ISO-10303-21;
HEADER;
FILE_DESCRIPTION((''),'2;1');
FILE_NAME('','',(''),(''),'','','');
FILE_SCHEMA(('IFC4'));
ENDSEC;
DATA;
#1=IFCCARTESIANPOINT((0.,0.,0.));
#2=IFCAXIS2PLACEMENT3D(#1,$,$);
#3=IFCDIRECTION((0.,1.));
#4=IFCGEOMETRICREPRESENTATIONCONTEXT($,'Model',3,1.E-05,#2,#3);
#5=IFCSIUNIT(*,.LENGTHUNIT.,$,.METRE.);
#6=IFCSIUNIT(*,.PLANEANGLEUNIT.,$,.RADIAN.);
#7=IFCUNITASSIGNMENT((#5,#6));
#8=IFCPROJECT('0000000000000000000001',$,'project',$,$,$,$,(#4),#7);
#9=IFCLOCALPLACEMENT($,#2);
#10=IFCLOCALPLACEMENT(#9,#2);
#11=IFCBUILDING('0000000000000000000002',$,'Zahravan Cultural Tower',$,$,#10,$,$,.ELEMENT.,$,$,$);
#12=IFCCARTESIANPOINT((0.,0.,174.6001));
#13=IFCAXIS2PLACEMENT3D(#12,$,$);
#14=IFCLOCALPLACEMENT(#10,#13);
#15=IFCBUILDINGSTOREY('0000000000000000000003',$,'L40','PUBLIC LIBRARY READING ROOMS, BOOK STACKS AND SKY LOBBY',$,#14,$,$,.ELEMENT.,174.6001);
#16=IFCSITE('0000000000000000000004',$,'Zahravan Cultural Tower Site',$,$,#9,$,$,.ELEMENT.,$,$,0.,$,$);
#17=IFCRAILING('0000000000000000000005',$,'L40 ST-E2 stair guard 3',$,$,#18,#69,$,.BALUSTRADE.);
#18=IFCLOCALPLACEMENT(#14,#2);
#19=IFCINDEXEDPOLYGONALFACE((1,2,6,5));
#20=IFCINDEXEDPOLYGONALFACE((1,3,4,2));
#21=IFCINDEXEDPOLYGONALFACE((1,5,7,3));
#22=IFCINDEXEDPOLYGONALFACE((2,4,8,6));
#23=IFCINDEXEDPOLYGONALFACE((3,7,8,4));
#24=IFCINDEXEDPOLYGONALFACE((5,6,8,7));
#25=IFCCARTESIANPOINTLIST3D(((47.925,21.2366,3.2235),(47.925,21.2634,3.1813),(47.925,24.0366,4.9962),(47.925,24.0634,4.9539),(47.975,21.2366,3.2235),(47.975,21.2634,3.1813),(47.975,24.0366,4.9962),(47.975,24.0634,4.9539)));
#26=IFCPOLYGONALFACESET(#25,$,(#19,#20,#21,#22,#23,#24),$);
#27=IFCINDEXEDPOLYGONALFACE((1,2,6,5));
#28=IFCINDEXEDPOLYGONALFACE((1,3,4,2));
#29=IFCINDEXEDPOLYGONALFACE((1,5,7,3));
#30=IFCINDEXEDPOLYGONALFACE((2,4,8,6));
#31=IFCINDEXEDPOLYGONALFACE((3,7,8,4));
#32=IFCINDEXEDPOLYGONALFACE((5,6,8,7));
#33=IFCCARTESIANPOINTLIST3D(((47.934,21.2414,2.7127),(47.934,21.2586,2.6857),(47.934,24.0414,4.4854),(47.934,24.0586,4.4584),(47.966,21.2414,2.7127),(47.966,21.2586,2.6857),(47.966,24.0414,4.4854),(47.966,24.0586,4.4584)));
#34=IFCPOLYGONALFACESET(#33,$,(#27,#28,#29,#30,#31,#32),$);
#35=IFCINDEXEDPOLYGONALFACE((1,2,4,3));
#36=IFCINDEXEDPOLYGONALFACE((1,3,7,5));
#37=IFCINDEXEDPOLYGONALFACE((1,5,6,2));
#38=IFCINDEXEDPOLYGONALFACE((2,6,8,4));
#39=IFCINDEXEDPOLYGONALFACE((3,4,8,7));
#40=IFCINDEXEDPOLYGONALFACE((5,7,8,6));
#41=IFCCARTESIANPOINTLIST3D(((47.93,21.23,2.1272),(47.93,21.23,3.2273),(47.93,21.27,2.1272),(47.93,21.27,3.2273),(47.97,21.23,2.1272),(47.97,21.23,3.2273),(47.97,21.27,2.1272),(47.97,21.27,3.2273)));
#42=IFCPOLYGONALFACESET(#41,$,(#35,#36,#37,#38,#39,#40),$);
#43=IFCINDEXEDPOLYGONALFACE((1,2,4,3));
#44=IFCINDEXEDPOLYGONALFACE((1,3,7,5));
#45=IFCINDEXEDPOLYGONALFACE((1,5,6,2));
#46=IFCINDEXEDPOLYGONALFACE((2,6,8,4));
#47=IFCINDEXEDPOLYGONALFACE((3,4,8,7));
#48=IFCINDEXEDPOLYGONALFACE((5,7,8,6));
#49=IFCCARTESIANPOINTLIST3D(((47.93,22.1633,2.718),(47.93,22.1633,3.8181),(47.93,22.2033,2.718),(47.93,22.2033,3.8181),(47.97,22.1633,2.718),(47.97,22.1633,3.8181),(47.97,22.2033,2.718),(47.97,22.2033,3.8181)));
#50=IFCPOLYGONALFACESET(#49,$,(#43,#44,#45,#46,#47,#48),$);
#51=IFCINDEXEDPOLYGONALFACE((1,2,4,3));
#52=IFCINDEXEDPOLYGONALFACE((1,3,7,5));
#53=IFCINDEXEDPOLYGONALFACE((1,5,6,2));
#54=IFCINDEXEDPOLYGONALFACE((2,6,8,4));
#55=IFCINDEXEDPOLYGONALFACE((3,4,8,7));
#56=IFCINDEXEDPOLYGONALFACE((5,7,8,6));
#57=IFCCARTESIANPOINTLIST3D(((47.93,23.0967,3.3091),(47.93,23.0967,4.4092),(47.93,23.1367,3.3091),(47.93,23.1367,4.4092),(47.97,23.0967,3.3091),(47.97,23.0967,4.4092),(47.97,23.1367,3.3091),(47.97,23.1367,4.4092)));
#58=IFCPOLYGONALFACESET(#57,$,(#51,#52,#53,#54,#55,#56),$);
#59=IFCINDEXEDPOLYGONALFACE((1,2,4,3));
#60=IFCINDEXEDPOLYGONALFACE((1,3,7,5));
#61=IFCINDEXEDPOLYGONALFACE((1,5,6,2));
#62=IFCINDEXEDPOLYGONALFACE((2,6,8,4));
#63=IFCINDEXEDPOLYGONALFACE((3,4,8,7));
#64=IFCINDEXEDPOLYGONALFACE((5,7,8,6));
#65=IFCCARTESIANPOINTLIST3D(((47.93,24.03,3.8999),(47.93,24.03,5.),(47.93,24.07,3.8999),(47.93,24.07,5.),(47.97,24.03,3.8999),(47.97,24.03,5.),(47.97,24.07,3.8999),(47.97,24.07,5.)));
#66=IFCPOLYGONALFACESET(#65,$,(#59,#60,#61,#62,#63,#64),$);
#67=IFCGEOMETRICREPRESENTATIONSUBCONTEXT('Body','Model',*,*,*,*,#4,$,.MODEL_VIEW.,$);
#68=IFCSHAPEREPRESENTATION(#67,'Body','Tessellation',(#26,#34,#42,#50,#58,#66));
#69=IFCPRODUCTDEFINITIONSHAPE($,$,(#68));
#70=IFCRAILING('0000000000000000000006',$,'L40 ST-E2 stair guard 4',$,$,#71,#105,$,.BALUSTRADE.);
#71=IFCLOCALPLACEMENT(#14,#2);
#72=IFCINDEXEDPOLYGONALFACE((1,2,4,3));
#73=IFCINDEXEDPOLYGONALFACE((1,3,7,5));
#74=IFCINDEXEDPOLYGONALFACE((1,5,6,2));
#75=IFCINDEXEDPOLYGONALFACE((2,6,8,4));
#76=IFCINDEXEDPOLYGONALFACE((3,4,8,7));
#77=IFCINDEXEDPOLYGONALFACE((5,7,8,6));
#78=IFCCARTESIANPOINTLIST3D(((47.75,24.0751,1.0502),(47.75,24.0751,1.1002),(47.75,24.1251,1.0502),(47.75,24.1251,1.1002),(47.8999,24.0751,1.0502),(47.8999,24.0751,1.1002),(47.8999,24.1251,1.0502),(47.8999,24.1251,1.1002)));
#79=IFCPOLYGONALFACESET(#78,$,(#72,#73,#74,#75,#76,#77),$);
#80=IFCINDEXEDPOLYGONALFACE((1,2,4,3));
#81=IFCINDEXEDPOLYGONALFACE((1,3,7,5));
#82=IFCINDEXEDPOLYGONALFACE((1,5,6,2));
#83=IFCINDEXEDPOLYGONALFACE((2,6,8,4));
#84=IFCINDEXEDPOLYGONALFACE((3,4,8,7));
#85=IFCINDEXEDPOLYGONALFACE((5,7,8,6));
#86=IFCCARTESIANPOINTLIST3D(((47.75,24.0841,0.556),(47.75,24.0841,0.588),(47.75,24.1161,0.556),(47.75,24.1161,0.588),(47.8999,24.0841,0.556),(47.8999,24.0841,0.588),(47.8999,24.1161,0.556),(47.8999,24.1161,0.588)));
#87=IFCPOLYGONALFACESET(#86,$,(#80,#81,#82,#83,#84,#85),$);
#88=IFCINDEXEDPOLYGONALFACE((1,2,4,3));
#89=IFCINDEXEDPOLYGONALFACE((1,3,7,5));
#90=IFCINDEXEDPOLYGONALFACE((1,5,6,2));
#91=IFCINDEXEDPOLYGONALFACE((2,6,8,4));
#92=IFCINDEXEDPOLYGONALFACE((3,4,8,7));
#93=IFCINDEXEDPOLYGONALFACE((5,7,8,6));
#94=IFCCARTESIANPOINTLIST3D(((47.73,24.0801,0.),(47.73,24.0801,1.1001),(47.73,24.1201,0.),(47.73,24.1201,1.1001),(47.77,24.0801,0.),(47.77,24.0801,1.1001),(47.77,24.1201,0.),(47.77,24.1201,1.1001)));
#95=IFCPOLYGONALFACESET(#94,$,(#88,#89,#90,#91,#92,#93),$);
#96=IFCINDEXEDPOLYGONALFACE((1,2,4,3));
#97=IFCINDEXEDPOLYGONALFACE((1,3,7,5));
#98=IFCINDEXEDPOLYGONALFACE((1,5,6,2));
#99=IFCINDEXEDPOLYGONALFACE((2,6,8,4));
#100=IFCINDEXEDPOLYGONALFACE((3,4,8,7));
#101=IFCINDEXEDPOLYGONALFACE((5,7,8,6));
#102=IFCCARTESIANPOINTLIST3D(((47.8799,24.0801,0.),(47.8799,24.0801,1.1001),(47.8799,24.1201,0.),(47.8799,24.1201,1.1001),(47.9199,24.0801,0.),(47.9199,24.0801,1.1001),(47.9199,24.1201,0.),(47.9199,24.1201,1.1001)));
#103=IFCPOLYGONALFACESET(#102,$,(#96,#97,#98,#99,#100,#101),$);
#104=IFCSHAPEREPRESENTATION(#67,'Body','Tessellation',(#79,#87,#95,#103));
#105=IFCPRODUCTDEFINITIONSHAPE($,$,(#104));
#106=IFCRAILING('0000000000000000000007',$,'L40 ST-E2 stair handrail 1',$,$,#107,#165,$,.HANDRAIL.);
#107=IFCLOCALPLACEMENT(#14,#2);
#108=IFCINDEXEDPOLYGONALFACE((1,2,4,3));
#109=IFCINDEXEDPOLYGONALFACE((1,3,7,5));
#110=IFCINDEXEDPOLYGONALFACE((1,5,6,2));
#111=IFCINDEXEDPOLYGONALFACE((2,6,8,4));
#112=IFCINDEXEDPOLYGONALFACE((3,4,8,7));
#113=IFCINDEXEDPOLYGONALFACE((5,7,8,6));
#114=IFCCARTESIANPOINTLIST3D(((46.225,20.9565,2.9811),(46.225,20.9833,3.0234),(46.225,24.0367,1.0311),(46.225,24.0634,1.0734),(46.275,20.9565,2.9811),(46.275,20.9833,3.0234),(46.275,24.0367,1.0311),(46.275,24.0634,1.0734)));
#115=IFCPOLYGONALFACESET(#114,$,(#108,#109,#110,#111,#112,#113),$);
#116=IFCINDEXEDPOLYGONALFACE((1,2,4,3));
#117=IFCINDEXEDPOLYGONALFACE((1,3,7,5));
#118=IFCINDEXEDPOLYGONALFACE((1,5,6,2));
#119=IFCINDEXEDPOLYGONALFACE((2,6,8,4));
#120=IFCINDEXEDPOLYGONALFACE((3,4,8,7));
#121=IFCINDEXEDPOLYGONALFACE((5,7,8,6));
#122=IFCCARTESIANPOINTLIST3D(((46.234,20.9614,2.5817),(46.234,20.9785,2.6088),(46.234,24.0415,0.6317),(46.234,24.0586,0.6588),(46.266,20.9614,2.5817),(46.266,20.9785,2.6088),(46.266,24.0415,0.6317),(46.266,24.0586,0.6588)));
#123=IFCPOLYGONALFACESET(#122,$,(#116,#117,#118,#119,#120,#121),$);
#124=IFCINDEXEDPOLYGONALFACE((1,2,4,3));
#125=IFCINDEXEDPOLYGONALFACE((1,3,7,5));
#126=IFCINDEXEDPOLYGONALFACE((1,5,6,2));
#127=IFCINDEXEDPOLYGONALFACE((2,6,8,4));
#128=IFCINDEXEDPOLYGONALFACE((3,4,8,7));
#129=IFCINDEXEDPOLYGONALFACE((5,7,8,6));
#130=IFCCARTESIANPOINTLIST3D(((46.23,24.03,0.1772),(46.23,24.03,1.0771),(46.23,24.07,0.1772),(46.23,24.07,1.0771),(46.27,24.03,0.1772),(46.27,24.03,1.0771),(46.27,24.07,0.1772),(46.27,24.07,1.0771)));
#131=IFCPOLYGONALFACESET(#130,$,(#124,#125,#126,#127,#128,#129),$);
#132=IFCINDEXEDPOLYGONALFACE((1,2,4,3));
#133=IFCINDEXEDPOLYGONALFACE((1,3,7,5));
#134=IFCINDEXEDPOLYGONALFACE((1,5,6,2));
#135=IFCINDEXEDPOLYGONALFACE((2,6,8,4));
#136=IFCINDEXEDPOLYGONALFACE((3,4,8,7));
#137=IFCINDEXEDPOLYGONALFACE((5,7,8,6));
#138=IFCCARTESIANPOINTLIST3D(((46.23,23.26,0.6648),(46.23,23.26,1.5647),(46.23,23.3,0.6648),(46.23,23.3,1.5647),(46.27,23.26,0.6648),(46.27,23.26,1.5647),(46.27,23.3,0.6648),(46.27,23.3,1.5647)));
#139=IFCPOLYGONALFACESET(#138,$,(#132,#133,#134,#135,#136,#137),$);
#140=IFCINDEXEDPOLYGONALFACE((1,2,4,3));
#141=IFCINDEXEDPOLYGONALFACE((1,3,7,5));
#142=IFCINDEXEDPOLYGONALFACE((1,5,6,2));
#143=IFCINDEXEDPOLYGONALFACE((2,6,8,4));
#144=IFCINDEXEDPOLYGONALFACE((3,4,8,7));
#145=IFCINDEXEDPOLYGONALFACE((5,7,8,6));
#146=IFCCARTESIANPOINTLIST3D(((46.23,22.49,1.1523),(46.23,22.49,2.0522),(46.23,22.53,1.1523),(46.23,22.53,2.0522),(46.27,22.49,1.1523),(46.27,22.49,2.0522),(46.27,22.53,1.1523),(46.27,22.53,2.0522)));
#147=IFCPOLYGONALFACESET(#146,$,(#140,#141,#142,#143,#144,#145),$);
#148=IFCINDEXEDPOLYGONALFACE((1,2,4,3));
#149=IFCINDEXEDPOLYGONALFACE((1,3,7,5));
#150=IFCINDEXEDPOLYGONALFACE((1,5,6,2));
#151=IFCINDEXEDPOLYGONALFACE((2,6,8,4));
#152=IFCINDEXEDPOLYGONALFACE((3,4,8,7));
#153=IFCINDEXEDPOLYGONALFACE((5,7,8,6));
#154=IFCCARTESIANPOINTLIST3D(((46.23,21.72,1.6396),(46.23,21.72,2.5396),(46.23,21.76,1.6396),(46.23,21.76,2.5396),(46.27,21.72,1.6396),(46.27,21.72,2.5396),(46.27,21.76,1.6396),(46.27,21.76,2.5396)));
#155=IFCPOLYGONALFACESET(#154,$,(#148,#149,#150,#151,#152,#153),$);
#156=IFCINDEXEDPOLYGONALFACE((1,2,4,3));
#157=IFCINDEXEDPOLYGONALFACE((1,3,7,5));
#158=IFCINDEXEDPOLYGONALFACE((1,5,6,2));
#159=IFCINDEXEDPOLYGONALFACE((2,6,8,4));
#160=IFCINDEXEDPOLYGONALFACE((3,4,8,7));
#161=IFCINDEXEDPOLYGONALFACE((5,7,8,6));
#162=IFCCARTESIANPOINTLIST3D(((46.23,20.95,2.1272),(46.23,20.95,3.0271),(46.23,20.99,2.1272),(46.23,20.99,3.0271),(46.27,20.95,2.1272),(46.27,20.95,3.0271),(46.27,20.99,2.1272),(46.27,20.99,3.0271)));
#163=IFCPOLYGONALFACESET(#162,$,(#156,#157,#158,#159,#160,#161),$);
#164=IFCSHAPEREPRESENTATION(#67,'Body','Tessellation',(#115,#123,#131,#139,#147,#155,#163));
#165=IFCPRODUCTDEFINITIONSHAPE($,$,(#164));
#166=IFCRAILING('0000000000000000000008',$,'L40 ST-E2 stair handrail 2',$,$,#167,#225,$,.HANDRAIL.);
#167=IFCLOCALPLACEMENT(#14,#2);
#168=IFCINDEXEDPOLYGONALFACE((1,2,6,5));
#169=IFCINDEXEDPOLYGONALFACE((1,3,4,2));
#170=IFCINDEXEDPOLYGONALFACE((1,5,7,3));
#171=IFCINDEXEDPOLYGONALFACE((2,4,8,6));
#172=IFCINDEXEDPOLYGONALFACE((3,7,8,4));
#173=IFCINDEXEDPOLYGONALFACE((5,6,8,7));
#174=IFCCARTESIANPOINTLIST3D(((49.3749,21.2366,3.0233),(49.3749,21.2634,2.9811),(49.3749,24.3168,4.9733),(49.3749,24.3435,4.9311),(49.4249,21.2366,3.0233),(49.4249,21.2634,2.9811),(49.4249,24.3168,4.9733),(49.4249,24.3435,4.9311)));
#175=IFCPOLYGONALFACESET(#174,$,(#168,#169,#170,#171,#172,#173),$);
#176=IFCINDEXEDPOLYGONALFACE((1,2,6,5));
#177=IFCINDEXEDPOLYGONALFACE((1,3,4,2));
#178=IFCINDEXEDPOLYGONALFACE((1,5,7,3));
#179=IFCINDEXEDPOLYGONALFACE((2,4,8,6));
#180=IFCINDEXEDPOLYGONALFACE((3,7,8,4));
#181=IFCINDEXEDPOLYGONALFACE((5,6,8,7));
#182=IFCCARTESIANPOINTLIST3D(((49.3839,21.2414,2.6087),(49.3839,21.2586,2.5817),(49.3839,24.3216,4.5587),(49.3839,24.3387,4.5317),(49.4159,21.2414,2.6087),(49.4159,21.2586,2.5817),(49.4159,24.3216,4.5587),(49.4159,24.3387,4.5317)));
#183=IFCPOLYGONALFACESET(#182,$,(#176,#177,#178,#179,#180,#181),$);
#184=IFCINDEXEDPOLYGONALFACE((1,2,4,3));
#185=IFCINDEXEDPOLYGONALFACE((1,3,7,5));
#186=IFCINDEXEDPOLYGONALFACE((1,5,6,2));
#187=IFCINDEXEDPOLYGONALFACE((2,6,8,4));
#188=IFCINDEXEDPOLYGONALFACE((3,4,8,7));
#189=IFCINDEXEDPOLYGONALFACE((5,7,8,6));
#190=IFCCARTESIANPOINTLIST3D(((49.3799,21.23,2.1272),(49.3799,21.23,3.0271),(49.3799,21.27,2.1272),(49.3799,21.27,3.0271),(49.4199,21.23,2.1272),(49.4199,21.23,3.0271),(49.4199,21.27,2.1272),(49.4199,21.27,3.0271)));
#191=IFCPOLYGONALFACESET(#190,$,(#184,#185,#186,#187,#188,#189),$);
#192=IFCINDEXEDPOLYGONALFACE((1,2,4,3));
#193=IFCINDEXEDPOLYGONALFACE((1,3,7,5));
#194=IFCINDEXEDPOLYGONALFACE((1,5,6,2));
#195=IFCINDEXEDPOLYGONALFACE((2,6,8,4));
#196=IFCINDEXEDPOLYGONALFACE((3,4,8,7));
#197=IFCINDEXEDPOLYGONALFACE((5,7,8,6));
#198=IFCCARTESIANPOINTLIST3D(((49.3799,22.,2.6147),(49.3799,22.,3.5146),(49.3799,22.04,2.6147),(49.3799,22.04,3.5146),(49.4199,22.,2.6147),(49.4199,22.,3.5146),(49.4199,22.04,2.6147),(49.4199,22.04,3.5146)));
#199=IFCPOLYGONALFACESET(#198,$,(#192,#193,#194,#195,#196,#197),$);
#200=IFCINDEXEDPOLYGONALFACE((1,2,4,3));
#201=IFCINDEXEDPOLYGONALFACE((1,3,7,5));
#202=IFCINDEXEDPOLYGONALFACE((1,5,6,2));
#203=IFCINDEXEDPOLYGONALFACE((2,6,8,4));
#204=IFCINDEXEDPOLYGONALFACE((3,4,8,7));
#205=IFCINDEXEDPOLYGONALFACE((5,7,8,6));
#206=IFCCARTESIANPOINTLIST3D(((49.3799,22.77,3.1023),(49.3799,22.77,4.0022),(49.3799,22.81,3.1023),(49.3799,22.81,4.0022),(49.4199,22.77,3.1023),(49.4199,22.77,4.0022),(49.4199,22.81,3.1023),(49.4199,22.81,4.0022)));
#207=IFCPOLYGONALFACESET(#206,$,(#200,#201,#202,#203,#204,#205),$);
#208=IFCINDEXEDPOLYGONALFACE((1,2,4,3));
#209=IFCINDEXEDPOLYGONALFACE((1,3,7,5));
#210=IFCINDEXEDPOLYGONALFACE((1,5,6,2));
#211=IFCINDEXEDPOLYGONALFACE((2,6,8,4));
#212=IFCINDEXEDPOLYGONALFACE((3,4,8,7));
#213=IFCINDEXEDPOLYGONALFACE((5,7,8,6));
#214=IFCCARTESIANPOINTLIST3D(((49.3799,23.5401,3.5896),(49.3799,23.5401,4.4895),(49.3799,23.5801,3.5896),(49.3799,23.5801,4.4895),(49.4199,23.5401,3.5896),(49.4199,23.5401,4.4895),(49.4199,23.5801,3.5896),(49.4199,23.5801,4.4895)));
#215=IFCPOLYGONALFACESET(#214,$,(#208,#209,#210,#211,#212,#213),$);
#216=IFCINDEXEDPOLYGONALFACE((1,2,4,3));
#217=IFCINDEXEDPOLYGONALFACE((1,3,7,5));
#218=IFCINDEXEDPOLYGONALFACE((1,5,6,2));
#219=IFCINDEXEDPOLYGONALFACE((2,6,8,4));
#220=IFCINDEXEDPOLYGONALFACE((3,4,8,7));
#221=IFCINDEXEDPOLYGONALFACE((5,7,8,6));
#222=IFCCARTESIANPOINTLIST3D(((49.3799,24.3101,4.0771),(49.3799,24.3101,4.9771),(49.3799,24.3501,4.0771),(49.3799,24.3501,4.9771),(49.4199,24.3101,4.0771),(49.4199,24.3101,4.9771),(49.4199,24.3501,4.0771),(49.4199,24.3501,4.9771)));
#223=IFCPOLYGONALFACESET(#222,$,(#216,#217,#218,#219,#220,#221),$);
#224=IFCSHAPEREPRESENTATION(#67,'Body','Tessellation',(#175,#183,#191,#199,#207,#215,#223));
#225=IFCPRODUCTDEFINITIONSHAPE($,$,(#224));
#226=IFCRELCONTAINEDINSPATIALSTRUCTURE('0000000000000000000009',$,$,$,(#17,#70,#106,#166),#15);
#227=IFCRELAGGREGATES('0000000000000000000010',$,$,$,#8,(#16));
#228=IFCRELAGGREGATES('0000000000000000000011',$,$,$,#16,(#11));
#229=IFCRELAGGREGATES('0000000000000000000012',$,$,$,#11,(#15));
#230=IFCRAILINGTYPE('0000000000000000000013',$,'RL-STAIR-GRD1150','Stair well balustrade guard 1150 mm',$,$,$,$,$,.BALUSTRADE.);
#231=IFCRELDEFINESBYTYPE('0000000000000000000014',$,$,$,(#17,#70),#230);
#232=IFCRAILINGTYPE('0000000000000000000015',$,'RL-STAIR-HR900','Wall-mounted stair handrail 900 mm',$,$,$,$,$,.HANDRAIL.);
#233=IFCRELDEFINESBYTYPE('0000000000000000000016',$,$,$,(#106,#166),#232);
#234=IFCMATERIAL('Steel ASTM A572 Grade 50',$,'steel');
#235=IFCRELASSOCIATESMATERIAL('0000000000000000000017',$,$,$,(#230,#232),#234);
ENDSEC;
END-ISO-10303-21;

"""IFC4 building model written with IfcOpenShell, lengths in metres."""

from ifc_helpers import new_model, si_unit, direction, frame, origin, origin_2d, place, context, subcontext, project, spatial, rectangle, extrude, material, type_object, element, save


model = new_model("IFC4")

# Units and contexts
model_context = context("Model", 3, precision=1e-05, world=origin(), true_north=direction((0.0, 1.0)))
body_context = subcontext(model_context, "Body", "Model", "MODEL_VIEW")
ifc_project = project(units=[si_unit("LENGTHUNIT", "METRE"), si_unit("PLANEANGLEUNIT", "RADIAN")], contexts=[model_context])

# Site, building, storey
site_placement = place(None, origin())
site = spatial("IfcSite", under=ifc_project, at=site_placement, Name="Zahravan Cultural Tower Site", CompositionType="ELEMENT", RefElevation=0.0)
building_placement = place(site_placement, origin())
building = spatial("IfcBuilding", under=site, at=building_placement, Name="Zahravan Cultural Tower", CompositionType="ELEMENT")
storey_placement = place(building_placement, frame((0.0, 0.0, 174.6001)))
storey = spatial("IfcBuildingStorey", under=building, at=storey_placement, Name="L40", Description="PUBLIC LIBRARY READING ROOMS, BOOK STACKS AND SKY LOBBY", CompositionType="ELEMENT", Elevation=174.6001)

# Railings
ifc_material_1 = material(Name="Steel ASTM A572 Grade 50", Category="steel")
railing_type_1 = type_object("IfcRailingType", Name="RL-STAIR-GRD1150", Description="Stair well balustrade guard 1150 mm", PredefinedType="BALUSTRADE", material=ifc_material_1)
railing_1_placement = place(storey_placement, frame((47.95, 21.25, 2.1272)))
element("IfcRailing", 1, at=railing_1_placement, inside=storey, type_object=railing_type_1, Name="L40 ST-E2 stair guard 3", PredefinedType="BALUSTRADE", context=body_context, shape_type="SweptSolid", body=[
    extrude(rectangle(XDim=0.05, YDim=0.05, at=origin_2d()), frame((0.0, 0.0, 1.0752), z_axis=(0.0, 0.844909, 0.53491), x_axis=(-1.0, 0.0, 0.0)), (0.0, 0.0, 1.0), 3.314),
    extrude(rectangle(XDim=0.032, YDim=0.032, at=origin_2d()), frame((0.0, 0.0, 0.572), z_axis=(0.0, 0.844909, 0.53491), x_axis=(-1.0, 0.0, 0.0)), (0.0, 0.0, 1.0), 3.314),
    extrude(rectangle(XDim=0.04, YDim=0.04, at=origin_2d()), origin(), (0.0, 0.0, 1.0), 1.1001),
    extrude(rectangle(XDim=0.04, YDim=0.04, at=origin_2d()), frame((0.0, 0.9333, 0.5908)), (0.0, 0.0, 1.0), 1.1001),
    extrude(rectangle(XDim=0.04, YDim=0.04, at=origin_2d()), frame((0.0, 1.8667, 1.1819)), (0.0, 0.0, 1.0), 1.1001),
    extrude(rectangle(XDim=0.04, YDim=0.04, at=origin_2d()), frame((0.0, 2.8, 1.7727)), (0.0, 0.0, 1.0), 1.1001),
])
railing_2_placement = place(storey_placement, frame((47.75, 24.1001, 0.0)))
element("IfcRailing", 2, at=railing_2_placement, inside=storey, type_object=railing_type_1, Name="L40 ST-E2 stair guard 4", PredefinedType="BALUSTRADE", context=body_context, shape_type="SweptSolid", body=[
    extrude(rectangle(XDim=0.05, YDim=0.05, at=origin_2d()), frame((0.0, 0.0, 1.0752), z_axis=(1.0, 0.0, 0.0), x_axis=(0.0, 1.0, 0.0)), (0.0, 0.0, 1.0), 0.1499),
    extrude(rectangle(XDim=0.032, YDim=0.032, at=origin_2d()), frame((0.0, 0.0, 0.572), z_axis=(1.0, 0.0, 0.0), x_axis=(0.0, 1.0, 0.0)), (0.0, 0.0, 1.0), 0.1499),
    extrude(rectangle(XDim=0.04, YDim=0.04, at=origin_2d()), origin(), (0.0, 0.0, 1.0), 1.1001),
    extrude(rectangle(XDim=0.04, YDim=0.04, at=origin_2d()), frame((0.1499, 0.0, 0.0)), (0.0, 0.0, 1.0), 1.1001),
])
railing_type_2 = type_object("IfcRailingType", Name="RL-STAIR-HR900", Description="Wall-mounted stair handrail 900 mm", PredefinedType="HANDRAIL", material=ifc_material_1)
railing_3_placement = place(storey_placement, frame((46.25, 24.05, 0.1772)))
element("IfcRailing", 3, at=railing_3_placement, inside=storey, type_object=railing_type_2, Name="L40 ST-E2 stair handrail 1", PredefinedType="HANDRAIL", context=body_context, shape_type="SweptSolid", body=[
    extrude(rectangle(XDim=0.05, YDim=0.05, at=origin_2d()), frame((0.0, 0.0, 0.875), z_axis=(0.0, -0.844914, 0.534902), x_axis=(1.0, 0.0, 0.0)), (0.0, 0.0, 1.0), 3.6455),
    extrude(rectangle(XDim=0.032, YDim=0.032, at=origin_2d()), frame((0.0, 0.0, 0.468), z_axis=(0.0, -0.844914, 0.534902), x_axis=(1.0, 0.0, 0.0)), (0.0, 0.0, 1.0), 3.6455),
    extrude(rectangle(XDim=0.04, YDim=0.04, at=origin_2d()), origin(), (0.0, 0.0, 1.0), 0.8999),
    extrude(rectangle(XDim=0.04, YDim=0.04, at=origin_2d()), frame((0.0, -0.77, 0.4875)), (0.0, 0.0, 1.0), 0.8999),
    extrude(rectangle(XDim=0.04, YDim=0.04, at=origin_2d()), frame((0.0, -1.54, 0.9751)), (0.0, 0.0, 1.0), 0.8999),
    extrude(rectangle(XDim=0.04, YDim=0.04, at=origin_2d()), frame((0.0, -2.3101, 1.4624)), (0.0, 0.0, 1.0), 0.8999),
    extrude(rectangle(XDim=0.04, YDim=0.04, at=origin_2d()), frame((0.0, -3.0801, 1.95)), (0.0, 0.0, 1.0), 0.8999),
])
railing_4_placement = place(storey_placement, frame((49.3999, 21.25, 2.1272)))
element("IfcRailing", 4, at=railing_4_placement, inside=storey, type_object=railing_type_2, Name="L40 ST-E2 stair handrail 2", PredefinedType="HANDRAIL", context=body_context, shape_type="SweptSolid", body=[
    extrude(rectangle(XDim=0.05, YDim=0.05, at=origin_2d()), frame((0.0, 0.0, 0.875), z_axis=(0.0, 0.844914, 0.534902), x_axis=(-1.0, 0.0, 0.0)), (0.0, 0.0, 1.0), 3.6455),
    extrude(rectangle(XDim=0.032, YDim=0.032, at=origin_2d()), frame((0.0, 0.0, 0.468), z_axis=(0.0, 0.844914, 0.534902), x_axis=(-1.0, 0.0, 0.0)), (0.0, 0.0, 1.0), 3.6455),
    extrude(rectangle(XDim=0.04, YDim=0.04, at=origin_2d()), origin(), (0.0, 0.0, 1.0), 0.8999),
    extrude(rectangle(XDim=0.04, YDim=0.04, at=origin_2d()), frame((0.0, 0.77, 0.4875)), (0.0, 0.0, 1.0), 0.8999),
    extrude(rectangle(XDim=0.04, YDim=0.04, at=origin_2d()), frame((0.0, 1.54, 0.9751)), (0.0, 0.0, 1.0), 0.8999),
    extrude(rectangle(XDim=0.04, YDim=0.04, at=origin_2d()), frame((0.0, 2.3101, 1.4624)), (0.0, 0.0, 1.0), 0.8999),
    extrude(rectangle(XDim=0.04, YDim=0.04, at=origin_2d()), frame((0.0, 3.0801, 1.95)), (0.0, 0.0, 1.0), 0.8999),
])

save(model, "model.ifc")
